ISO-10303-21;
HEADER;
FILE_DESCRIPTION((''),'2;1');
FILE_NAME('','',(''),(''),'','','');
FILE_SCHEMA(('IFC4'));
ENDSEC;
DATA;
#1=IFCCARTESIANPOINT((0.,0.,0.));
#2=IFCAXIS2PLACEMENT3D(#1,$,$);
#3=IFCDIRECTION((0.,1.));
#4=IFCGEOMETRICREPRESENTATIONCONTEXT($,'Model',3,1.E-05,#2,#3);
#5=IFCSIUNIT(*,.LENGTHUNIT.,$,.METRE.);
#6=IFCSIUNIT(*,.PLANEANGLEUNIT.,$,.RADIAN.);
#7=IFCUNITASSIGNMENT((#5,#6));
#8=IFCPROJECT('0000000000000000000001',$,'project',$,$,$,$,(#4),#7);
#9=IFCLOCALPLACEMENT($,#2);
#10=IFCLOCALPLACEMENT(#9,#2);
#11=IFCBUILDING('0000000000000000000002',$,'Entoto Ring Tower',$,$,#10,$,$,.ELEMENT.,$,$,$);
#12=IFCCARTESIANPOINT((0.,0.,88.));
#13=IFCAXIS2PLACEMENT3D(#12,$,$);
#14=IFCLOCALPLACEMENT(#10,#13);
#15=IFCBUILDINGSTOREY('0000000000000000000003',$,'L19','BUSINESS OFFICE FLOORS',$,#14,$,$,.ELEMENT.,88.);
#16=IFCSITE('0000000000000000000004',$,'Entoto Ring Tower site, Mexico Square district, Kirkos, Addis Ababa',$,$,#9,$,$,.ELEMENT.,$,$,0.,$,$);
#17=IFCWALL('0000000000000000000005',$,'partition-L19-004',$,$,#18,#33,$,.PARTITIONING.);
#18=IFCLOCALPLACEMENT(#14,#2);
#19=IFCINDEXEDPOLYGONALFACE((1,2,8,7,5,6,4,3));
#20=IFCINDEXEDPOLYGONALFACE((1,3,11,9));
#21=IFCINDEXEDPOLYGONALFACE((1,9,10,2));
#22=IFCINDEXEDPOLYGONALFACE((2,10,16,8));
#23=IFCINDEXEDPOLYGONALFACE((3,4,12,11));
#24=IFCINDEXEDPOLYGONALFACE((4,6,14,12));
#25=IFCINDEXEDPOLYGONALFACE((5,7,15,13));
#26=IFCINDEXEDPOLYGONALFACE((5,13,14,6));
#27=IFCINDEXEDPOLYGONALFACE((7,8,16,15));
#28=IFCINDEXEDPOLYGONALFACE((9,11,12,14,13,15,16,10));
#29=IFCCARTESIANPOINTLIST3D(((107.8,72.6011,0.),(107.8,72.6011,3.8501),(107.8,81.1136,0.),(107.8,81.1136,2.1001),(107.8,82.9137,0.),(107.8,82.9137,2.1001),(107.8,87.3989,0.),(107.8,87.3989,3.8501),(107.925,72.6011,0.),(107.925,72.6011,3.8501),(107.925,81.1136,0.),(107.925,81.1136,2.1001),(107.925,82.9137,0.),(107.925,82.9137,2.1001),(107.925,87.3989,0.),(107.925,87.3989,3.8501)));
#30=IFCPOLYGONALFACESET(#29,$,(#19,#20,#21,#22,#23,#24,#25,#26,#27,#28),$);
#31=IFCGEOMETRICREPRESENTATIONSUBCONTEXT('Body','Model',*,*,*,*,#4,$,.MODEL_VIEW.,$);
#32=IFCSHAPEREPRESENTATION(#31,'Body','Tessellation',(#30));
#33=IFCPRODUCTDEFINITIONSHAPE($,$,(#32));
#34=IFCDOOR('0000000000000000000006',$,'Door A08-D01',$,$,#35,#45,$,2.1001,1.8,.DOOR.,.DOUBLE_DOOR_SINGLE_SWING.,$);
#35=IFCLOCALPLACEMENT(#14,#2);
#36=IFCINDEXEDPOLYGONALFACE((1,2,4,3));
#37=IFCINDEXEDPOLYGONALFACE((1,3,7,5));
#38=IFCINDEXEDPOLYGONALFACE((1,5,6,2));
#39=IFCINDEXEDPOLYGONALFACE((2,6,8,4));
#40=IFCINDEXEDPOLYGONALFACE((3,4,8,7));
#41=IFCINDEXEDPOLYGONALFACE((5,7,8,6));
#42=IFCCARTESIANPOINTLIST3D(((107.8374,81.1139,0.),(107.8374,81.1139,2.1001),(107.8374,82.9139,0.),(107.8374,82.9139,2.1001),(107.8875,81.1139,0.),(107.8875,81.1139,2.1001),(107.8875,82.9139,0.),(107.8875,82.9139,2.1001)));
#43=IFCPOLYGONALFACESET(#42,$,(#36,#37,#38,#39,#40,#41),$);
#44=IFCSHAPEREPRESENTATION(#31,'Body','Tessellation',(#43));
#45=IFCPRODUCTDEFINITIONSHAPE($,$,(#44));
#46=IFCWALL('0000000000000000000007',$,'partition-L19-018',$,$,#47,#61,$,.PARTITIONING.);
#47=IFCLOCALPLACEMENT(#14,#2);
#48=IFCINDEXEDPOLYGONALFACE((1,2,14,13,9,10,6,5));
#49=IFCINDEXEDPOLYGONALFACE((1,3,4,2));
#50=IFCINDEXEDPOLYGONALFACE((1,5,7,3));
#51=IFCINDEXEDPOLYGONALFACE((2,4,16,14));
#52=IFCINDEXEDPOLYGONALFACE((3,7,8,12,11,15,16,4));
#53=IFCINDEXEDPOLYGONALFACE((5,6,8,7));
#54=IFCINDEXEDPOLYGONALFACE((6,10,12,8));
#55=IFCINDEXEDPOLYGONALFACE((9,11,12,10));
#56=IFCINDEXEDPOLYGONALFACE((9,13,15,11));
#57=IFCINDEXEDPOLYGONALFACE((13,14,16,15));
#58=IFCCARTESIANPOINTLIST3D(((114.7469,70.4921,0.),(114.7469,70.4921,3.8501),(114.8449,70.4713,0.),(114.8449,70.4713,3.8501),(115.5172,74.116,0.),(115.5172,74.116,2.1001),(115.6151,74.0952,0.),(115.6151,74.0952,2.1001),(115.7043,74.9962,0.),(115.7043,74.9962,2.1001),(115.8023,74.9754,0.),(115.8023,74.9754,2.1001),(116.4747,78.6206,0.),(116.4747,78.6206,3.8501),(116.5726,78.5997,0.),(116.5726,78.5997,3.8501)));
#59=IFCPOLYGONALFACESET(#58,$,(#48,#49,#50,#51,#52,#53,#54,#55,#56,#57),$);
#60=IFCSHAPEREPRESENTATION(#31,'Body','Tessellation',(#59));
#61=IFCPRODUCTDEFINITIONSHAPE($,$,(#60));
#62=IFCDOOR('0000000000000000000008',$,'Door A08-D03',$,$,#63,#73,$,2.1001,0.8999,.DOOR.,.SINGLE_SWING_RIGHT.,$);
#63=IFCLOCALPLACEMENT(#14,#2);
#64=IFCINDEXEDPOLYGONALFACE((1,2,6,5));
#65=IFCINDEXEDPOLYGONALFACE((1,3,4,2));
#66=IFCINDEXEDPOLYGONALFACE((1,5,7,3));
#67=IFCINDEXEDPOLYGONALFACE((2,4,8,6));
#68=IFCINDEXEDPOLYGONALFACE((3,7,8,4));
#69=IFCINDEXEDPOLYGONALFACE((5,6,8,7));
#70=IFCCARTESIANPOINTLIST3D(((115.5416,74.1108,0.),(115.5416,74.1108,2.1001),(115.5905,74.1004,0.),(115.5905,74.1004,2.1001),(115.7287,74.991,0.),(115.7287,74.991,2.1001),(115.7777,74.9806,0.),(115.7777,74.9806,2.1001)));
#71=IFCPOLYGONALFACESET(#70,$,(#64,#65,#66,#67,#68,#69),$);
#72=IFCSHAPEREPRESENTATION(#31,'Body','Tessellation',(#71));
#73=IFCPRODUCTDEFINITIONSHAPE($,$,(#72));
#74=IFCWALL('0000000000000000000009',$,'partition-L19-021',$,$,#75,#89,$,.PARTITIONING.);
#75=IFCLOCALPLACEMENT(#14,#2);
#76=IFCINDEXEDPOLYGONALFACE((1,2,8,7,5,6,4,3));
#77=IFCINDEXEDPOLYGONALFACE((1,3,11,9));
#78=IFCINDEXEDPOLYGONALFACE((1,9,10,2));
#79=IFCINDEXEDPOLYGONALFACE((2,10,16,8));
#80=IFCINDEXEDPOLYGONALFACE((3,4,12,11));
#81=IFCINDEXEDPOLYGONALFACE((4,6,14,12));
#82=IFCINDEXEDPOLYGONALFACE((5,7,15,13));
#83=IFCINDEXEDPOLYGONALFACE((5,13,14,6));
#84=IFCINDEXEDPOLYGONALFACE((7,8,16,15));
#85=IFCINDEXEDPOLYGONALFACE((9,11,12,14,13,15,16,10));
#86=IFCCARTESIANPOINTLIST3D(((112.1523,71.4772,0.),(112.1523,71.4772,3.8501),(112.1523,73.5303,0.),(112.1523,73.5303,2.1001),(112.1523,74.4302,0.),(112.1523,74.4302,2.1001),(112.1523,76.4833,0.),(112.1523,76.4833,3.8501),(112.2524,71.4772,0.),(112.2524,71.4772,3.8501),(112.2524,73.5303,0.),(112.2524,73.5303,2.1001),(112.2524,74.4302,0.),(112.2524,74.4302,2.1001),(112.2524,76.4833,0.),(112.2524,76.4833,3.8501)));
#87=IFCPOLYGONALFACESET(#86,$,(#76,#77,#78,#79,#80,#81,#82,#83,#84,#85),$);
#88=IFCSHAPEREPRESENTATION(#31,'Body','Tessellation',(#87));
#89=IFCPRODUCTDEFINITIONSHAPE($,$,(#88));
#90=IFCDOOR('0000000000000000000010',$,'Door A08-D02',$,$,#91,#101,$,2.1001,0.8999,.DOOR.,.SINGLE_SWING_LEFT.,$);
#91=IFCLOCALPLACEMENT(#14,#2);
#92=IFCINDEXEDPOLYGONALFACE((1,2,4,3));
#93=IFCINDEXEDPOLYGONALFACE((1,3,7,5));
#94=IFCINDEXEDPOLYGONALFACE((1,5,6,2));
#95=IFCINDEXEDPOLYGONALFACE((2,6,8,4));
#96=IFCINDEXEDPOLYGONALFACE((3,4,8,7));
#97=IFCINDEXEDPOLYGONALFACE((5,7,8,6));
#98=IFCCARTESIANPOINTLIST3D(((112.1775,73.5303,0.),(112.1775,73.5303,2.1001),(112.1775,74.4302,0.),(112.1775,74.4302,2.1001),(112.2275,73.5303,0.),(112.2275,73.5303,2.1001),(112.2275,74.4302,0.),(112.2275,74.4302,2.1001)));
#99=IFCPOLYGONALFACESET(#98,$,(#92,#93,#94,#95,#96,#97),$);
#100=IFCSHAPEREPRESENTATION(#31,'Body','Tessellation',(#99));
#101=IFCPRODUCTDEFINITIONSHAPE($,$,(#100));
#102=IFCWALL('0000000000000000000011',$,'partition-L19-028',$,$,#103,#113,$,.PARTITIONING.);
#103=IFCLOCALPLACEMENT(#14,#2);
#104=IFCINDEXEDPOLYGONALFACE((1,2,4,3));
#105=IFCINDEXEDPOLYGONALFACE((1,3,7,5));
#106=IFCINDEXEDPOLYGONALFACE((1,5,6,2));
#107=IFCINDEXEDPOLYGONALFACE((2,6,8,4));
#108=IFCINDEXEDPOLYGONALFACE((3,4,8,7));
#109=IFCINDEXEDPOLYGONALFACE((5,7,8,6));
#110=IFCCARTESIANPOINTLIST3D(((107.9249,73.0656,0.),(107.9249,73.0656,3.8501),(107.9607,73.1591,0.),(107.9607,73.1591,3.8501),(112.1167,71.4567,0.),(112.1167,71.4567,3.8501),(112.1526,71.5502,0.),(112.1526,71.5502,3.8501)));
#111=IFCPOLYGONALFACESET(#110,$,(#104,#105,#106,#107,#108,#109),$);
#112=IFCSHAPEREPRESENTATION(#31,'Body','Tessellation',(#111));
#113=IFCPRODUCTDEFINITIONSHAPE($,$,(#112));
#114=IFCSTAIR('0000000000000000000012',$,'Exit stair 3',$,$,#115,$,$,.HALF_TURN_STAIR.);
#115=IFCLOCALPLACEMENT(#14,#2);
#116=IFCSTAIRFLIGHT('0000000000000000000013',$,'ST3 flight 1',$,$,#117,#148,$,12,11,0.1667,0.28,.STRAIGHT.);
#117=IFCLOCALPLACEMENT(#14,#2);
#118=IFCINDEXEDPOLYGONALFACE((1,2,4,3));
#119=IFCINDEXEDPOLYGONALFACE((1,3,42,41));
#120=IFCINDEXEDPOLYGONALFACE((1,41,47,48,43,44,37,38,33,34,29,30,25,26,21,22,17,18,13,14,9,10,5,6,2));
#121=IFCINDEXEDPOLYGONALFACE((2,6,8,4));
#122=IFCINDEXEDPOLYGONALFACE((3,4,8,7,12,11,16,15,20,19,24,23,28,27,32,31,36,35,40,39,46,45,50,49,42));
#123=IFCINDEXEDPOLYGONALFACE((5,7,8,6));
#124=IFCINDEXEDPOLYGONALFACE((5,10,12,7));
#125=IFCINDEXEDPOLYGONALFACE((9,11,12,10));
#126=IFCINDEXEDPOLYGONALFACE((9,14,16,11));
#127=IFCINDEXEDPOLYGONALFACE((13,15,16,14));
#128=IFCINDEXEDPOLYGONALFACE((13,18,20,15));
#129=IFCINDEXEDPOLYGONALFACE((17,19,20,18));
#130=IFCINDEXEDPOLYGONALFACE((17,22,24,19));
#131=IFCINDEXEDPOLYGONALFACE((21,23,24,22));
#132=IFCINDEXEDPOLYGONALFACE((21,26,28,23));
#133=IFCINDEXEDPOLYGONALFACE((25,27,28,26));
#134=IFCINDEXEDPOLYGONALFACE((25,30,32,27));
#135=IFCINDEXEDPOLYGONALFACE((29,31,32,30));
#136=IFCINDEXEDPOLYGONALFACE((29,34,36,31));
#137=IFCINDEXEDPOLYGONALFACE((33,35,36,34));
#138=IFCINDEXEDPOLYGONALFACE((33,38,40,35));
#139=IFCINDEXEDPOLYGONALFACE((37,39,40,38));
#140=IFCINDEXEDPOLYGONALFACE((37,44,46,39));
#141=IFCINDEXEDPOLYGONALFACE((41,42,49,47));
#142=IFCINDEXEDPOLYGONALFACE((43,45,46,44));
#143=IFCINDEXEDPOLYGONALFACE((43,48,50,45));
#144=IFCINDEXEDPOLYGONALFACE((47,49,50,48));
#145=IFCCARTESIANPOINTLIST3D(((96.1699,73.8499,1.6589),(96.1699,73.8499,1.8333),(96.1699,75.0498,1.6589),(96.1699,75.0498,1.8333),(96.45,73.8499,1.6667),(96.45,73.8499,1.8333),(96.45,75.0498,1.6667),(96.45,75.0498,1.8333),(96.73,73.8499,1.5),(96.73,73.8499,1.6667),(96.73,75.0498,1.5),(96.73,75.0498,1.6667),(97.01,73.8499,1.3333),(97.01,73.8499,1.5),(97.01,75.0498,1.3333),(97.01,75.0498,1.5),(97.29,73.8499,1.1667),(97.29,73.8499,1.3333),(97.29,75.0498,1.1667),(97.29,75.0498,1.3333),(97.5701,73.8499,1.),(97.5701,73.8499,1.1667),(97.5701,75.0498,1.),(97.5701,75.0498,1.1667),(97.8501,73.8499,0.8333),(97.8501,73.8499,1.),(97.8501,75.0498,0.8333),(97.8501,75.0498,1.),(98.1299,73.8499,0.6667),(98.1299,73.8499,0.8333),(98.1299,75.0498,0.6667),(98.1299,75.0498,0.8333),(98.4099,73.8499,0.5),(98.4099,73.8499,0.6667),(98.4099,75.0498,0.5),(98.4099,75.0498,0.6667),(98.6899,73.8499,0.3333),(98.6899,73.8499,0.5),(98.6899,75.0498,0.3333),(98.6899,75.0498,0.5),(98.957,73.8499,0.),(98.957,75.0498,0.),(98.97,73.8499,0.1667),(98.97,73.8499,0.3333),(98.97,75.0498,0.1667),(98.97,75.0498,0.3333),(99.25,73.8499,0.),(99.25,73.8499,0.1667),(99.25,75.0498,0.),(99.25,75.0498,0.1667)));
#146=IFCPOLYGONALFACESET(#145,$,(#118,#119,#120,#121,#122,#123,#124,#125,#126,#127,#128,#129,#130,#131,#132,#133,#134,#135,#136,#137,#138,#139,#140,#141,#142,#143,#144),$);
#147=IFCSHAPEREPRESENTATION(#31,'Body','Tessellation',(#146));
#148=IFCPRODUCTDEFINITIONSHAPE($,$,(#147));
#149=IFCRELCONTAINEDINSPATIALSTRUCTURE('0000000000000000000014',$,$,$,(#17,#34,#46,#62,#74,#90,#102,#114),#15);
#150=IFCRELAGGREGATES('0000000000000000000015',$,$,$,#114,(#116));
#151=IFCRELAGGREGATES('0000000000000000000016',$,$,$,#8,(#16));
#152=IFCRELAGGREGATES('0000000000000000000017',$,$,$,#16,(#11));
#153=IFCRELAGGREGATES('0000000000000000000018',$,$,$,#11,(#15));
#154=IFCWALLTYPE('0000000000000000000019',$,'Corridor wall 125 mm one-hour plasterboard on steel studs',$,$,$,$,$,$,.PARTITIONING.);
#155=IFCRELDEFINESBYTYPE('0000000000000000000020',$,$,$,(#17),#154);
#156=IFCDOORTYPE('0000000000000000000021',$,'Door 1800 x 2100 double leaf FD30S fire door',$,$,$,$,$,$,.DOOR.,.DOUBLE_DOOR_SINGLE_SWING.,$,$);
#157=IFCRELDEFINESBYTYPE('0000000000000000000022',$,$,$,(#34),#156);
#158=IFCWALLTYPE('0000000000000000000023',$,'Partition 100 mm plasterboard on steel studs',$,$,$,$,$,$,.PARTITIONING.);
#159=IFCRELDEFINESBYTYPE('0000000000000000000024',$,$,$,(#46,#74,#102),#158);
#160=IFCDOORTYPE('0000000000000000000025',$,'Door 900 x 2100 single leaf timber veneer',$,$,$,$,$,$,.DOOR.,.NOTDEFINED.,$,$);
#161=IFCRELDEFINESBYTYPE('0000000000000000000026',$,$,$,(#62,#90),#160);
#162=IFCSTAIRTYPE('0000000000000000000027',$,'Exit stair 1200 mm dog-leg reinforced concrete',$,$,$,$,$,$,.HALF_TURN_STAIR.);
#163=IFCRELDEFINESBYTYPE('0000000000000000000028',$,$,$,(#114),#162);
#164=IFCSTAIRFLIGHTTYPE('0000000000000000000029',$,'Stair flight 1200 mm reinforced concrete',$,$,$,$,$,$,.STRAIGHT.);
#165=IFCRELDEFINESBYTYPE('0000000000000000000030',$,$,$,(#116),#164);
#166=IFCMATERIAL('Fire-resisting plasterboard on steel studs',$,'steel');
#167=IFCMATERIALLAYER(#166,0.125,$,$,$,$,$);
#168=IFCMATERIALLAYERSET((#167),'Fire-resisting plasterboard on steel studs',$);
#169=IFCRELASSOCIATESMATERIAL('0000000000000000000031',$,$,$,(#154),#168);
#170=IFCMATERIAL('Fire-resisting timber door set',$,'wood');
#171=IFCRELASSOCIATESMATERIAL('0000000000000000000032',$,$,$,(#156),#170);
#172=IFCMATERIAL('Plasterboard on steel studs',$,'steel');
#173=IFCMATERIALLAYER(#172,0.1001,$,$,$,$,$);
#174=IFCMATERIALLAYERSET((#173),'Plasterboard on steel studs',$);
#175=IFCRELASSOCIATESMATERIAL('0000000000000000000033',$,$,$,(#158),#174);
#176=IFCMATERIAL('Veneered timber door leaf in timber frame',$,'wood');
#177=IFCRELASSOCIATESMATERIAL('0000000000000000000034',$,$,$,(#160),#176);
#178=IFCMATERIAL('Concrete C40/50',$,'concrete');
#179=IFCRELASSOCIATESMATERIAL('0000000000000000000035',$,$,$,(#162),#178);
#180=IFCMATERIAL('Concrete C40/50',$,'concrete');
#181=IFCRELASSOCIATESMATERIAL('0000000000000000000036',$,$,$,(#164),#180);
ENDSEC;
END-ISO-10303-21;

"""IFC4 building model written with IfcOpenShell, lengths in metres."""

from ifc_helpers import new_model, si_unit, direction, frame, frame_2d, origin, place, context, subcontext, project, spatial, polyline, rectangle, outline, extrude, material, layer, layer_set, type_object, element, fill, aggregate, save


model = new_model("IFC4")

# Units and contexts
model_context = context("Model", 3, precision=1e-05, world=origin(), true_north=direction((0.0, 1.0)))
body_context = subcontext(model_context, "Body", "Model", "MODEL_VIEW")
ifc_project = project(units=[si_unit("LENGTHUNIT", "METRE"), si_unit("PLANEANGLEUNIT", "RADIAN")], contexts=[model_context])

# Site, building, storey
site_placement = place(None, origin())
site = spatial("IfcSite", under=ifc_project, at=site_placement, Name="Entoto Ring Tower site, Mexico Square district, Kirkos, Addis Ababa", CompositionType="ELEMENT", RefElevation=0.0)
building_placement = place(site_placement, origin())
building = spatial("IfcBuilding", under=site, at=building_placement, Name="Entoto Ring Tower", CompositionType="ELEMENT")
storey_placement = place(building_placement, frame((0.0, 0.0, 88.0)))
storey = spatial("IfcBuildingStorey", under=building, at=storey_placement, Name="L19", Description="BUSINESS OFFICE FLOORS", CompositionType="ELEMENT", Elevation=88.0)

# Walls, openings, doors
ifc_material_1 = material(Name="Fire-resisting plasterboard on steel studs", Category="steel")
ifc_layer_1 = layer(ifc_material_1, 0.125)
ifc_layer_set_1 = layer_set([ifc_layer_1], Name="Fire-resisting plasterboard on steel studs")
wall_type_1 = type_object("IfcWallType", Name="Corridor wall 125 mm one-hour plasterboard on steel studs", PredefinedType="PARTITIONING", material=ifc_layer_set_1)
wall_1_placement = place(storey_placement, frame((107.8625, 72.6011, 0.0), z_axis=(0.0, 0.0, 1.0), x_axis=(0.0, 1.0, 0.0)))
wall_1 = element("IfcWall", 1, at=wall_1_placement, inside=storey, type_object=wall_type_1, Name="partition-L19-004", PredefinedType="PARTITIONING", context=body_context, shape_type="SweptSolid", body=[
    extrude(rectangle(XDim=14.7979, YDim=0.125, at=frame_2d((7.3989, 0.0))), origin(), (0.0, 0.0, 1.0), 3.8501),
])
opening_1_placement = place(wall_1_placement, frame((8.5127, 0.0, 0.0)))
opening_1 = element("IfcOpeningElement", 2, at=opening_1_placement, cuts=wall_1, PredefinedType="OPENING", context=body_context, shape_type="SweptSolid", body=[
    extrude(rectangle(XDim=1.8, YDim=2.1001, at=frame_2d((0.8999, 1.05))), frame((0.0, 0.0725, 0.0), z_axis=(0.0, -1.0, 0.0), x_axis=(1.0, 0.0, 0.0)), (0.0, 0.0, 1.0), 0.145),
])
ifc_material_2 = material(Name="Fire-resisting timber door set", Category="wood")
door_type_1 = type_object("IfcDoorType", Name="Door 1800 x 2100 double leaf FD30S fire door", OperationType="DOUBLE_DOOR_SINGLE_SWING", PredefinedType="DOOR", material=ifc_material_2)
door_1_placement = place(opening_1_placement, frame((1.8, 0.0, 0.0), z_axis=(0.0, 0.0, 1.0), x_axis=(-1.0, 0.0, 0.0)))
door_1 = element("IfcDoor", 3, at=door_1_placement, inside=storey, type_object=door_type_1, Name="Door A08-D01", OperationType="DOUBLE_DOOR_SINGLE_SWING", OverallHeight=2.1001, OverallWidth=1.8, PredefinedType="DOOR", context=body_context, shape_type="SweptSolid", body=[
    extrude(rectangle(XDim=1.8, YDim=2.1001, at=frame_2d((0.8999, 1.05))), frame((0.0, 0.0249, 0.0), z_axis=(0.0, -1.0, 0.0), x_axis=(1.0, 0.0, 0.0)), (0.0, 0.0, 1.0), 0.05),
])
fill(opening_1, door_1)
ifc_material_3 = material(Name="Plasterboard on steel studs", Category="steel")
ifc_layer_2 = layer(ifc_material_3, 0.1001)
ifc_layer_set_2 = layer_set([ifc_layer_2], Name="Plasterboard on steel studs")
wall_type_2 = type_object("IfcWallType", Name="Partition 100 mm plasterboard on steel studs", PredefinedType="PARTITIONING", material=ifc_layer_set_2)
wall_2_placement = place(storey_placement, frame((114.7959, 70.4817, 0.0), z_axis=(0.0, 0.0, 1.0), x_axis=(0.207916, 0.978147, 0.0)))
wall_2 = element("IfcWall", 4, at=wall_2_placement, inside=storey, type_object=wall_type_2, Name="partition-L19-018", PredefinedType="PARTITIONING", context=body_context, shape_type="SweptSolid", body=[
    extrude(rectangle(XDim=8.3101, YDim=0.1001, at=frame_2d((4.155, 0.0))), origin(), (0.0, 0.0, 1.0), 3.8501),
])
opening_2_placement = place(wall_2_placement, frame((3.7048, 0.0, 0.0)))
opening_2 = element("IfcOpeningElement", 5, at=opening_2_placement, cuts=wall_2, PredefinedType="OPENING", context=body_context, shape_type="SweptSolid", body=[
    extrude(rectangle(XDim=0.8999, YDim=2.1001, at=frame_2d((0.45, 1.05))), frame((0.0, 0.0601, 0.0), z_axis=(0.0, -1.0, 0.0), x_axis=(1.0, 0.0, 0.0)), (0.0, 0.0, 1.0), 0.1201),
])
ifc_material_4 = material(Name="Veneered timber door leaf in timber frame", Category="wood")
door_type_2 = type_object("IfcDoorType", Name="Door 900 x 2100 single leaf timber veneer", OperationType="NOTDEFINED", PredefinedType="DOOR", material=ifc_material_4)
door_2_placement = place(opening_2_placement, frame((0.8999, 0.0, 0.0), z_axis=(0.0, 0.0, 1.0), x_axis=(-1.0, 0.0, 0.0)))
door_2 = element("IfcDoor", 6, at=door_2_placement, inside=storey, type_object=door_type_2, Name="Door A08-D03", OperationType="SINGLE_SWING_RIGHT", OverallHeight=2.1001, OverallWidth=0.8999, PredefinedType="DOOR", context=body_context, shape_type="SweptSolid", body=[
    extrude(rectangle(XDim=0.8999, YDim=2.1001, at=frame_2d((0.45, 1.05))), frame((0.0, 0.0249, 0.0), z_axis=(0.0, -1.0, 0.0), x_axis=(1.0, 0.0, 0.0)), (0.0, 0.0, 1.0), 0.05),
])
fill(opening_2, door_2)
wall_3_placement = place(storey_placement, frame((112.2024, 71.4773, 0.0), z_axis=(0.0, 0.0, 1.0), x_axis=(0.0, 1.0, 0.0)))
wall_3 = element("IfcWall", 7, at=wall_3_placement, inside=storey, type_object=wall_type_2, Name="partition-L19-021", PredefinedType="PARTITIONING", context=body_context, shape_type="SweptSolid", body=[
    extrude(rectangle(XDim=5.0061, YDim=0.1001, at=frame_2d((2.5029, 0.0))), origin(), (0.0, 0.0, 1.0), 3.8501),
])
opening_3_placement = place(wall_3_placement, frame((2.053, 0.0, 0.0)))
opening_3 = element("IfcOpeningElement", 8, at=opening_3_placement, cuts=wall_3, PredefinedType="OPENING", context=body_context, shape_type="SweptSolid", body=[
    extrude(rectangle(XDim=0.8999, YDim=2.1001, at=frame_2d((0.45, 1.05))), frame((0.0, 0.0601, 0.0), z_axis=(0.0, -1.0, 0.0), x_axis=(1.0, 0.0, 0.0)), (0.0, 0.0, 1.0), 0.1201),
])
door_3_placement = place(opening_3_placement, origin())
door_3 = element("IfcDoor", 9, at=door_3_placement, inside=storey, type_object=door_type_2, Name="Door A08-D02", OperationType="SINGLE_SWING_LEFT", OverallHeight=2.1001, OverallWidth=0.8999, PredefinedType="DOOR", context=body_context, shape_type="SweptSolid", body=[
    extrude(rectangle(XDim=0.8999, YDim=2.1001, at=frame_2d((0.45, 1.05))), frame((0.0, 0.0249, 0.0), z_axis=(0.0, -1.0, 0.0), x_axis=(1.0, 0.0, 0.0)), (0.0, 0.0, 1.0), 0.05),
])
fill(opening_3, door_3)

# Wall
wall_4_placement = place(storey_placement, frame((112.1348, 71.5034, 0.0), z_axis=(0.0, 0.0, 1.0), x_axis=(-0.933598, 0.358323, 0.0)))
element("IfcWall", 10, at=wall_4_placement, inside=storey, type_object=wall_type_2, Name="partition-L19-028", PredefinedType="PARTITIONING", context=body_context, shape_type="SweptSolid", body=[
    extrude(rectangle(XDim=4.49, YDim=0.1001, at=frame_2d((2.2451, 0.0))), origin(), (0.0, 0.0, 1.0), 3.8501),
])

# Stair, stair flight
ifc_material_5 = material(Name="Concrete C40/50", Category="concrete")
stair_type = type_object("IfcStairType", Name="Exit stair 1200 mm dog-leg reinforced concrete", PredefinedType="HALF_TURN_STAIR", material=ifc_material_5)
stair_placement = place(storey_placement, origin())
stair = element("IfcStair", 11, at=stair_placement, inside=storey, type_object=stair_type, Name="Exit stair 3", PredefinedType="HALF_TURN_STAIR")
ifc_material_6 = material(Name="Concrete C40/50", Category="concrete")
stair_flight_type = type_object("IfcStairFlightType", Name="Stair flight 1200 mm reinforced concrete", PredefinedType="STRAIGHT", material=ifc_material_6)
stair_flight_placement = place(storey_placement, frame((99.25, 74.45, 0.0), z_axis=(0.0, 0.0, 1.0), x_axis=(-1.0, 0.0, 0.0)))
stair_flight = element("IfcStairFlight", 12, at=stair_flight_placement, type_object=stair_flight_type, Name="ST3 flight 1", NumberOfRisers=12, NumberOfTreads=11, PredefinedType="STRAIGHT", RiserHeight=0.1667, TreadLength=0.28, context=body_context, shape_type="SweptSolid", body=[
    extrude(outline(polyline([(0.0, 0.0), (0.0, 0.1667), (0.28, 0.1667), (0.28, 0.3333), (0.5601, 0.3333), (0.5601, 0.5), (0.8401, 0.5), (0.8401, 0.6667), (1.1201, 0.6667), (1.1201, 0.8333), (1.3999, 0.8333), (1.3999, 1.0), (1.6799, 1.0), (1.6799, 1.1667), (1.96, 1.1667), (1.96, 1.3333), (2.24, 1.3333), (2.24, 1.5), (2.52, 1.5), (2.52, 1.6667), (2.8, 1.6667), (2.8, 1.8333), (3.0801, 1.8333), (3.0801, 2.0), (3.0801, 1.6589), (0.293, 0.0), (0.0, 0.0)])), frame((0.0, 0.6001, 0.0), z_axis=(0.0, -1.0, 0.0), x_axis=(1.0, 0.0, 0.0)), (0.0, 0.0, 1.0), 1.2),
])
aggregate(stair, [stair_flight])

save(model, "model.ifc")
